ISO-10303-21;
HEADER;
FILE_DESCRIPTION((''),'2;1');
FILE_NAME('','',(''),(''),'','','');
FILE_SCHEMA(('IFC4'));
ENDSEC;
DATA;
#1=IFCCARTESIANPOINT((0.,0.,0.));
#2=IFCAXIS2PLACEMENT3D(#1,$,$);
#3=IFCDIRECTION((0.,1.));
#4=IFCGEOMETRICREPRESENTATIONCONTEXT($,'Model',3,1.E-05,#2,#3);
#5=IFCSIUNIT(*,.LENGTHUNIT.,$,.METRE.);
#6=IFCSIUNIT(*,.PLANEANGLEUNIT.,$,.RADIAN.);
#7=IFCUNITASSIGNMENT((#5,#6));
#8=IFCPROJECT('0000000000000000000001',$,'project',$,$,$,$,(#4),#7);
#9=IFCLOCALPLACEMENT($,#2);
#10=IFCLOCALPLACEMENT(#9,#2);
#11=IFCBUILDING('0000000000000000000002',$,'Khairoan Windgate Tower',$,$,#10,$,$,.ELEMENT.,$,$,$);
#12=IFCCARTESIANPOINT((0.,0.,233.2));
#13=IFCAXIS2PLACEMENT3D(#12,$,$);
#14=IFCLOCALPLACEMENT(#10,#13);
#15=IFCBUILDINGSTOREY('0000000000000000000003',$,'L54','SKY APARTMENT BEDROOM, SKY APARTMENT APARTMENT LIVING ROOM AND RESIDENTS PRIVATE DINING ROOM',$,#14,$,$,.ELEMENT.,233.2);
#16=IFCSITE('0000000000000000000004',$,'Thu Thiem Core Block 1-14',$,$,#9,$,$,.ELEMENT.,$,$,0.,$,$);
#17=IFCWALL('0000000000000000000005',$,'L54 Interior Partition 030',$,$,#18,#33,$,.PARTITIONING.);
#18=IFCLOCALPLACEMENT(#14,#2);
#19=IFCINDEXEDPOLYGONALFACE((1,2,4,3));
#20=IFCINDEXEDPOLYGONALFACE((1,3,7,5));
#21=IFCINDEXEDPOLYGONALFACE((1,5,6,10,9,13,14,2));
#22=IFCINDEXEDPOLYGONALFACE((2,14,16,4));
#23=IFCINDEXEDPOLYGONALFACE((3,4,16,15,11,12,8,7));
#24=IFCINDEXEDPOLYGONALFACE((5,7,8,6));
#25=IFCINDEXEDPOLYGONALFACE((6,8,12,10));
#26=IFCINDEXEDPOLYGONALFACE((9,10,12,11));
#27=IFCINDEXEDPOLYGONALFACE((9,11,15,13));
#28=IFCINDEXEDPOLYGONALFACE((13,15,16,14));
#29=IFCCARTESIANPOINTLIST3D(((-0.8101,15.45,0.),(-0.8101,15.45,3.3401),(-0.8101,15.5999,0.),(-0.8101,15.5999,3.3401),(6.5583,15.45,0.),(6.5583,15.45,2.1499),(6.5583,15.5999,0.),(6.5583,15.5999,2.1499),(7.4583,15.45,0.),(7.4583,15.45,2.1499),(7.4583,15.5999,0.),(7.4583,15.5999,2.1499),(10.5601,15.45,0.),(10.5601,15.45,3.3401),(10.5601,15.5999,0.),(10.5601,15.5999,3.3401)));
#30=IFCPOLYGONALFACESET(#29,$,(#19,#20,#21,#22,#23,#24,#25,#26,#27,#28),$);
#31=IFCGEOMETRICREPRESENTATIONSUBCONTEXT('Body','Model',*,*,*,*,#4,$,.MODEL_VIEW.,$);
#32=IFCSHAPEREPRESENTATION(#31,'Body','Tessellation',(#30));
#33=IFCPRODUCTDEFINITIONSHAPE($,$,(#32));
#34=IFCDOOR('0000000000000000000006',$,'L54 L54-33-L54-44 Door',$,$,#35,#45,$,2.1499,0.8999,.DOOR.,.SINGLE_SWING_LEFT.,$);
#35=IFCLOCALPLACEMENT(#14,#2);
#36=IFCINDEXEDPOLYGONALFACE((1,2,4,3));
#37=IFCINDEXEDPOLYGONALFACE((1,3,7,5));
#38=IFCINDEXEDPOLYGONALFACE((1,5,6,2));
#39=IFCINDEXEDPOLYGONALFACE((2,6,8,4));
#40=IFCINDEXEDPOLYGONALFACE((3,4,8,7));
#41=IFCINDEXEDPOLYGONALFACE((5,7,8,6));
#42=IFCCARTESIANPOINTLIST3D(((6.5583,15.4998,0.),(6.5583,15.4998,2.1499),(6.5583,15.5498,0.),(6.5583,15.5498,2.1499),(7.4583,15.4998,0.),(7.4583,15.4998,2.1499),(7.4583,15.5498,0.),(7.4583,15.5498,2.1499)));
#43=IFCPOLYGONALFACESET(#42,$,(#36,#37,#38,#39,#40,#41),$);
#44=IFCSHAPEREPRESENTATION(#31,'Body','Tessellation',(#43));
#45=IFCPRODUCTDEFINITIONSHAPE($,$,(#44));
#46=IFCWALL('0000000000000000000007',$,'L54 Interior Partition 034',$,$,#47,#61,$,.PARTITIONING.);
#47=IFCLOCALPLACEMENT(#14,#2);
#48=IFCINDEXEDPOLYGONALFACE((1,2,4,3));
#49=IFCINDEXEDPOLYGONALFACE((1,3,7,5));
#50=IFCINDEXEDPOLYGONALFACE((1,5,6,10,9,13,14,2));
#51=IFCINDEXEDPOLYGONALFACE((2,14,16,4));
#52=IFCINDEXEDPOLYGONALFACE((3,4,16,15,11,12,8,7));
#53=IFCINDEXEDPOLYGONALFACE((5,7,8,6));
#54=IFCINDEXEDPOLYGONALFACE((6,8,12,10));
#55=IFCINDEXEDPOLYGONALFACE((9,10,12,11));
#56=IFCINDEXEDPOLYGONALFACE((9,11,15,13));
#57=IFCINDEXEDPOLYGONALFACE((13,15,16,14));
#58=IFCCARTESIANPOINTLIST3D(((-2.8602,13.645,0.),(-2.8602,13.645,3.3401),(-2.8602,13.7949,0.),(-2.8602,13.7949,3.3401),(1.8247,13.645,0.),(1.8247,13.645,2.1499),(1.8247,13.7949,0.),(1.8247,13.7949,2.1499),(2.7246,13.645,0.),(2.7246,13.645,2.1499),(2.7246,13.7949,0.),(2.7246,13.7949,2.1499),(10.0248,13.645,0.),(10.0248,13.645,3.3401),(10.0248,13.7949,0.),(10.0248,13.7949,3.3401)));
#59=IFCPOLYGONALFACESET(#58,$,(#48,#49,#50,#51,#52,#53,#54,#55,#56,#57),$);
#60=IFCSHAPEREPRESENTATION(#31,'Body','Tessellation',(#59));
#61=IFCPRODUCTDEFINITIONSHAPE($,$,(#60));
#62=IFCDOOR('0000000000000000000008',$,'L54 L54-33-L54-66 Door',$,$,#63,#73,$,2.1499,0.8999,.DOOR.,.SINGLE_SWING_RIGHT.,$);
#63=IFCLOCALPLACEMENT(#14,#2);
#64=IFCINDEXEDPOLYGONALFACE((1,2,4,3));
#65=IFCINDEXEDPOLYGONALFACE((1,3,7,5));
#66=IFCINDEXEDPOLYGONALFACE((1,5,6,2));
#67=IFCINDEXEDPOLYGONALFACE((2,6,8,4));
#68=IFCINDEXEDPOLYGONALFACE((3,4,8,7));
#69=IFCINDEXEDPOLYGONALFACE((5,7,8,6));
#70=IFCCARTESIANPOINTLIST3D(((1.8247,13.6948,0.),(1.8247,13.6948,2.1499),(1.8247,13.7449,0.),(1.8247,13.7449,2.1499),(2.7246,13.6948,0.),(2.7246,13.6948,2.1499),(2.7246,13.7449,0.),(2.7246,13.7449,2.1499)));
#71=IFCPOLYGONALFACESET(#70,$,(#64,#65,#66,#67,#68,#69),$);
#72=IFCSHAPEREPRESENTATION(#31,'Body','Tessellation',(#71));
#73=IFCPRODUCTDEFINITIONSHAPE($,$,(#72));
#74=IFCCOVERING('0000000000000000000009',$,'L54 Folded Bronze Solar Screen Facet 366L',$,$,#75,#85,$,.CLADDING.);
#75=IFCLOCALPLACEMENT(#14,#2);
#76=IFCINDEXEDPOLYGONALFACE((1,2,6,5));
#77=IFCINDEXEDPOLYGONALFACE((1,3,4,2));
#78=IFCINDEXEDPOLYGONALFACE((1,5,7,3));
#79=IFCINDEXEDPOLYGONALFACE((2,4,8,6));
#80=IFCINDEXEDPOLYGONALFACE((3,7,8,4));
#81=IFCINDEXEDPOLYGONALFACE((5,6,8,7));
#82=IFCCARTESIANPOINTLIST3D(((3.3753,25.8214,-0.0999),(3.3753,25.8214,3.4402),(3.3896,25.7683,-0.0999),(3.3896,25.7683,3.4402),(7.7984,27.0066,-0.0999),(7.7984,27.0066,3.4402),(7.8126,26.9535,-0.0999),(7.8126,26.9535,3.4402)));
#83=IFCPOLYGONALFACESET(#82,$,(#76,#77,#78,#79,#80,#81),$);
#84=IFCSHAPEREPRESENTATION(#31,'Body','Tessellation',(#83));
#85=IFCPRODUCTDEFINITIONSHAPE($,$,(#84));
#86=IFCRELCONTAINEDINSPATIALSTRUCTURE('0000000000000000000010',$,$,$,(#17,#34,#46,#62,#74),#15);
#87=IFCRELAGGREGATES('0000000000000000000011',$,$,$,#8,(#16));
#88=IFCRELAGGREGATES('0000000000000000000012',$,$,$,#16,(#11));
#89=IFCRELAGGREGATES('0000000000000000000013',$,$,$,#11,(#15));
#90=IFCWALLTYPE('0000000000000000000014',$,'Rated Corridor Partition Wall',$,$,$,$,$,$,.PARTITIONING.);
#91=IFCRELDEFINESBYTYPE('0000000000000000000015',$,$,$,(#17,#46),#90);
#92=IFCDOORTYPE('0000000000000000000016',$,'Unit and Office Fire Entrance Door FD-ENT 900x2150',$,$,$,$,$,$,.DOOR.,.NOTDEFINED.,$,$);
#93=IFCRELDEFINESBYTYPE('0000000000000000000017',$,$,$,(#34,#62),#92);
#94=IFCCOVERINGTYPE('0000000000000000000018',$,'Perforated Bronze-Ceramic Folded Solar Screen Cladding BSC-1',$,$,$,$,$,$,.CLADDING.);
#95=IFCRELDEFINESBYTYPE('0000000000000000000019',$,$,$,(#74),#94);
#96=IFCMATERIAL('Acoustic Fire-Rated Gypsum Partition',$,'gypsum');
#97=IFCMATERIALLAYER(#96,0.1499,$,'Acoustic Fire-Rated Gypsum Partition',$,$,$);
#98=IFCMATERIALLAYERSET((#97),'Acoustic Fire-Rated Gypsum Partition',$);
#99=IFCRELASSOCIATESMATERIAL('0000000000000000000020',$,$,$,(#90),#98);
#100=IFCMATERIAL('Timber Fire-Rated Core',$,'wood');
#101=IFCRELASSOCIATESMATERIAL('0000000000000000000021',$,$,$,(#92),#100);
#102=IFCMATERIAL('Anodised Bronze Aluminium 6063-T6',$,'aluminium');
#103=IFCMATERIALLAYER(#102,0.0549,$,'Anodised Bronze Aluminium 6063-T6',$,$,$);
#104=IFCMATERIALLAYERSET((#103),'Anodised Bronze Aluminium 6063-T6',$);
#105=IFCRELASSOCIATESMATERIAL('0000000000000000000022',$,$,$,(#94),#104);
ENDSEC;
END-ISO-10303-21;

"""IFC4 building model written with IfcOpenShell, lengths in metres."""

from ifc_helpers import new_model, si_unit, direction, frame, frame_2d, origin, origin_2d, place, context, subcontext, project, spatial, rectangle, extrude, material, layer, layer_set, type_object, element, fill, save


model = new_model("IFC4")

# Units and contexts
model_context = context("Model", 3, precision=1e-05, world=origin(), true_north=direction((0.0, 1.0)))
body_context = subcontext(model_context, "Body", "Model", "MODEL_VIEW")
ifc_project = project(units=[si_unit("LENGTHUNIT", "METRE"), si_unit("PLANEANGLEUNIT", "RADIAN")], contexts=[model_context])

# Site, building, storey
site_placement = place(None, origin())
site = spatial("IfcSite", under=ifc_project, at=site_placement, Name="Thu Thiem Core Block 1-14", CompositionType="ELEMENT", RefElevation=0.0)
building_placement = place(site_placement, origin())
building = spatial("IfcBuilding", under=site, at=building_placement, Name="Khairoan Windgate Tower", CompositionType="ELEMENT")
storey_placement = place(building_placement, frame((0.0, 0.0, 233.2)))
storey = spatial("IfcBuildingStorey", under=building, at=storey_placement, Name="L54", Description="SKY APARTMENT BEDROOM, SKY APARTMENT APARTMENT LIVING ROOM AND RESIDENTS PRIVATE DINING ROOM", CompositionType="ELEMENT", Elevation=233.2)

# Shared definitions
ifc_material_1 = material(Name="Acoustic Fire-Rated Gypsum Partition", Category="gypsum")
ifc_layer_1 = layer(ifc_material_1, 0.1499, Name="Acoustic Fire-Rated Gypsum Partition")
ifc_layer_set_1 = layer_set([ifc_layer_1], Name="Acoustic Fire-Rated Gypsum Partition")
wall_type_1 = type_object("IfcWallType", Name="Rated Corridor Partition Wall", PredefinedType="PARTITIONING", material=ifc_layer_set_1)

# Walls, openings, doors
wall_1_placement = place(storey_placement, frame((-0.8101, 15.5249, 0.0), z_axis=(0.0, 0.0, 1.0), x_axis=(1.0, 0.0, 0.0)))
wall_1 = element("IfcWall", 1, at=wall_1_placement, inside=storey, type_object=wall_type_1, Name="L54 Interior Partition 030", PredefinedType="PARTITIONING", context=body_context, shape_type="SweptSolid", body=[
    extrude(rectangle(XDim=11.3701, YDim=0.1499, at=frame_2d((5.6851, 0.0))), origin(), (0.0, 0.0, 1.0), 3.3401),
])
opening_1_placement = place(wall_1_placement, frame((7.3684, 0.0, 0.0)))
opening_1 = element("IfcOpeningElement", 2, at=opening_1_placement, cuts=wall_1, PredefinedType="OPENING", context=body_context, shape_type="SweptSolid", body=[
    extrude(rectangle(XDim=0.8999, YDim=2.1499, at=frame_2d((0.45, 1.075))), frame((0.0, 0.085, 0.0), z_axis=(0.0, -1.0, 0.0), x_axis=(1.0, 0.0, 0.0)), (0.0, 0.0, 1.0), 0.1699),
])
ifc_material_2 = material(Name="Timber Fire-Rated Core", Category="wood")
door_type_1 = type_object("IfcDoorType", Name="Unit and Office Fire Entrance Door FD-ENT 900x2150", OperationType="NOTDEFINED", PredefinedType="DOOR", material=ifc_material_2)
door_1_placement = place(opening_1_placement, origin())
door_1 = element("IfcDoor", 3, at=door_1_placement, inside=storey, type_object=door_type_1, Name="L54 L54-33-L54-44 Door", OperationType="SINGLE_SWING_LEFT", OverallHeight=2.1499, OverallWidth=0.8999, PredefinedType="DOOR", context=body_context, shape_type="SweptSolid", body=[
    extrude(rectangle(XDim=0.8999, YDim=2.1499, at=frame_2d((0.45, 1.075))), frame((0.0, 0.0249, 0.0), z_axis=(0.0, -1.0, 0.0), x_axis=(1.0, 0.0, 0.0)), (0.0, 0.0, 1.0), 0.05),
])
fill(opening_1, door_1)
wall_2_placement = place(storey_placement, frame((-2.8601, 13.72, 0.0), z_axis=(0.0, 0.0, 1.0), x_axis=(1.0, 0.0, 0.0)))
wall_2 = element("IfcWall", 4, at=wall_2_placement, inside=storey, type_object=wall_type_1, Name="L54 Interior Partition 034", PredefinedType="PARTITIONING", context=body_context, shape_type="SweptSolid", body=[
    extrude(rectangle(XDim=12.885, YDim=0.1499, at=frame_2d((6.4424, 0.0))), origin(), (0.0, 0.0, 1.0), 3.3401),
])
opening_2_placement = place(wall_2_placement, frame((4.6848, 0.0, 0.0)))
opening_2 = element("IfcOpeningElement", 5, at=opening_2_placement, cuts=wall_2, PredefinedType="OPENING", context=body_context, shape_type="SweptSolid", body=[
    extrude(rectangle(XDim=0.8999, YDim=2.1499, at=frame_2d((0.45, 1.075))), frame((0.0, 0.085, 0.0), z_axis=(0.0, -1.0, 0.0), x_axis=(1.0, 0.0, 0.0)), (0.0, 0.0, 1.0), 0.1699),
])
door_2_placement = place(opening_2_placement, origin())
door_2 = element("IfcDoor", 6, at=door_2_placement, inside=storey, type_object=door_type_1, Name="L54 L54-33-L54-66 Door", OperationType="SINGLE_SWING_RIGHT", OverallHeight=2.1499, OverallWidth=0.8999, PredefinedType="DOOR", context=body_context, shape_type="SweptSolid", body=[
    extrude(rectangle(XDim=0.8999, YDim=2.1499, at=frame_2d((0.45, 1.075))), frame((0.0, 0.0249, 0.0), z_axis=(0.0, -1.0, 0.0), x_axis=(1.0, 0.0, 0.0)), (0.0, 0.0, 1.0), 0.05),
])
fill(opening_2, door_2)

# Covering
ifc_material_3 = material(Name="Anodised Bronze Aluminium 6063-T6", Category="aluminium")
ifc_layer_2 = layer(ifc_material_3, 0.0549, Name="Anodised Bronze Aluminium 6063-T6")
ifc_layer_set_2 = layer_set([ifc_layer_2], Name="Anodised Bronze Aluminium 6063-T6")
covering_type = type_object("IfcCoveringType", Name="Perforated Bronze-Ceramic Folded Solar Screen Cladding BSC-1", PredefinedType="CLADDING", material=ifc_layer_set_2)
covering_placement = place(storey_placement, frame((5.594, 26.3875, -0.0999), z_axis=(0.0, 0.0, 1.0), x_axis=(0.965926, 0.258819, 0.0)))
element("IfcCovering", 7, at=covering_placement, inside=storey, type_object=covering_type, Name="L54 Folded Bronze Solar Screen Facet 366L", PredefinedType="CLADDING", context=body_context, shape_type="SweptSolid", body=[
    extrude(rectangle(XDim=4.5791, YDim=0.0549, at=origin_2d()), origin(), (0.0, 0.0, 1.0), 3.54),
])

save(model, "model.ifc")
